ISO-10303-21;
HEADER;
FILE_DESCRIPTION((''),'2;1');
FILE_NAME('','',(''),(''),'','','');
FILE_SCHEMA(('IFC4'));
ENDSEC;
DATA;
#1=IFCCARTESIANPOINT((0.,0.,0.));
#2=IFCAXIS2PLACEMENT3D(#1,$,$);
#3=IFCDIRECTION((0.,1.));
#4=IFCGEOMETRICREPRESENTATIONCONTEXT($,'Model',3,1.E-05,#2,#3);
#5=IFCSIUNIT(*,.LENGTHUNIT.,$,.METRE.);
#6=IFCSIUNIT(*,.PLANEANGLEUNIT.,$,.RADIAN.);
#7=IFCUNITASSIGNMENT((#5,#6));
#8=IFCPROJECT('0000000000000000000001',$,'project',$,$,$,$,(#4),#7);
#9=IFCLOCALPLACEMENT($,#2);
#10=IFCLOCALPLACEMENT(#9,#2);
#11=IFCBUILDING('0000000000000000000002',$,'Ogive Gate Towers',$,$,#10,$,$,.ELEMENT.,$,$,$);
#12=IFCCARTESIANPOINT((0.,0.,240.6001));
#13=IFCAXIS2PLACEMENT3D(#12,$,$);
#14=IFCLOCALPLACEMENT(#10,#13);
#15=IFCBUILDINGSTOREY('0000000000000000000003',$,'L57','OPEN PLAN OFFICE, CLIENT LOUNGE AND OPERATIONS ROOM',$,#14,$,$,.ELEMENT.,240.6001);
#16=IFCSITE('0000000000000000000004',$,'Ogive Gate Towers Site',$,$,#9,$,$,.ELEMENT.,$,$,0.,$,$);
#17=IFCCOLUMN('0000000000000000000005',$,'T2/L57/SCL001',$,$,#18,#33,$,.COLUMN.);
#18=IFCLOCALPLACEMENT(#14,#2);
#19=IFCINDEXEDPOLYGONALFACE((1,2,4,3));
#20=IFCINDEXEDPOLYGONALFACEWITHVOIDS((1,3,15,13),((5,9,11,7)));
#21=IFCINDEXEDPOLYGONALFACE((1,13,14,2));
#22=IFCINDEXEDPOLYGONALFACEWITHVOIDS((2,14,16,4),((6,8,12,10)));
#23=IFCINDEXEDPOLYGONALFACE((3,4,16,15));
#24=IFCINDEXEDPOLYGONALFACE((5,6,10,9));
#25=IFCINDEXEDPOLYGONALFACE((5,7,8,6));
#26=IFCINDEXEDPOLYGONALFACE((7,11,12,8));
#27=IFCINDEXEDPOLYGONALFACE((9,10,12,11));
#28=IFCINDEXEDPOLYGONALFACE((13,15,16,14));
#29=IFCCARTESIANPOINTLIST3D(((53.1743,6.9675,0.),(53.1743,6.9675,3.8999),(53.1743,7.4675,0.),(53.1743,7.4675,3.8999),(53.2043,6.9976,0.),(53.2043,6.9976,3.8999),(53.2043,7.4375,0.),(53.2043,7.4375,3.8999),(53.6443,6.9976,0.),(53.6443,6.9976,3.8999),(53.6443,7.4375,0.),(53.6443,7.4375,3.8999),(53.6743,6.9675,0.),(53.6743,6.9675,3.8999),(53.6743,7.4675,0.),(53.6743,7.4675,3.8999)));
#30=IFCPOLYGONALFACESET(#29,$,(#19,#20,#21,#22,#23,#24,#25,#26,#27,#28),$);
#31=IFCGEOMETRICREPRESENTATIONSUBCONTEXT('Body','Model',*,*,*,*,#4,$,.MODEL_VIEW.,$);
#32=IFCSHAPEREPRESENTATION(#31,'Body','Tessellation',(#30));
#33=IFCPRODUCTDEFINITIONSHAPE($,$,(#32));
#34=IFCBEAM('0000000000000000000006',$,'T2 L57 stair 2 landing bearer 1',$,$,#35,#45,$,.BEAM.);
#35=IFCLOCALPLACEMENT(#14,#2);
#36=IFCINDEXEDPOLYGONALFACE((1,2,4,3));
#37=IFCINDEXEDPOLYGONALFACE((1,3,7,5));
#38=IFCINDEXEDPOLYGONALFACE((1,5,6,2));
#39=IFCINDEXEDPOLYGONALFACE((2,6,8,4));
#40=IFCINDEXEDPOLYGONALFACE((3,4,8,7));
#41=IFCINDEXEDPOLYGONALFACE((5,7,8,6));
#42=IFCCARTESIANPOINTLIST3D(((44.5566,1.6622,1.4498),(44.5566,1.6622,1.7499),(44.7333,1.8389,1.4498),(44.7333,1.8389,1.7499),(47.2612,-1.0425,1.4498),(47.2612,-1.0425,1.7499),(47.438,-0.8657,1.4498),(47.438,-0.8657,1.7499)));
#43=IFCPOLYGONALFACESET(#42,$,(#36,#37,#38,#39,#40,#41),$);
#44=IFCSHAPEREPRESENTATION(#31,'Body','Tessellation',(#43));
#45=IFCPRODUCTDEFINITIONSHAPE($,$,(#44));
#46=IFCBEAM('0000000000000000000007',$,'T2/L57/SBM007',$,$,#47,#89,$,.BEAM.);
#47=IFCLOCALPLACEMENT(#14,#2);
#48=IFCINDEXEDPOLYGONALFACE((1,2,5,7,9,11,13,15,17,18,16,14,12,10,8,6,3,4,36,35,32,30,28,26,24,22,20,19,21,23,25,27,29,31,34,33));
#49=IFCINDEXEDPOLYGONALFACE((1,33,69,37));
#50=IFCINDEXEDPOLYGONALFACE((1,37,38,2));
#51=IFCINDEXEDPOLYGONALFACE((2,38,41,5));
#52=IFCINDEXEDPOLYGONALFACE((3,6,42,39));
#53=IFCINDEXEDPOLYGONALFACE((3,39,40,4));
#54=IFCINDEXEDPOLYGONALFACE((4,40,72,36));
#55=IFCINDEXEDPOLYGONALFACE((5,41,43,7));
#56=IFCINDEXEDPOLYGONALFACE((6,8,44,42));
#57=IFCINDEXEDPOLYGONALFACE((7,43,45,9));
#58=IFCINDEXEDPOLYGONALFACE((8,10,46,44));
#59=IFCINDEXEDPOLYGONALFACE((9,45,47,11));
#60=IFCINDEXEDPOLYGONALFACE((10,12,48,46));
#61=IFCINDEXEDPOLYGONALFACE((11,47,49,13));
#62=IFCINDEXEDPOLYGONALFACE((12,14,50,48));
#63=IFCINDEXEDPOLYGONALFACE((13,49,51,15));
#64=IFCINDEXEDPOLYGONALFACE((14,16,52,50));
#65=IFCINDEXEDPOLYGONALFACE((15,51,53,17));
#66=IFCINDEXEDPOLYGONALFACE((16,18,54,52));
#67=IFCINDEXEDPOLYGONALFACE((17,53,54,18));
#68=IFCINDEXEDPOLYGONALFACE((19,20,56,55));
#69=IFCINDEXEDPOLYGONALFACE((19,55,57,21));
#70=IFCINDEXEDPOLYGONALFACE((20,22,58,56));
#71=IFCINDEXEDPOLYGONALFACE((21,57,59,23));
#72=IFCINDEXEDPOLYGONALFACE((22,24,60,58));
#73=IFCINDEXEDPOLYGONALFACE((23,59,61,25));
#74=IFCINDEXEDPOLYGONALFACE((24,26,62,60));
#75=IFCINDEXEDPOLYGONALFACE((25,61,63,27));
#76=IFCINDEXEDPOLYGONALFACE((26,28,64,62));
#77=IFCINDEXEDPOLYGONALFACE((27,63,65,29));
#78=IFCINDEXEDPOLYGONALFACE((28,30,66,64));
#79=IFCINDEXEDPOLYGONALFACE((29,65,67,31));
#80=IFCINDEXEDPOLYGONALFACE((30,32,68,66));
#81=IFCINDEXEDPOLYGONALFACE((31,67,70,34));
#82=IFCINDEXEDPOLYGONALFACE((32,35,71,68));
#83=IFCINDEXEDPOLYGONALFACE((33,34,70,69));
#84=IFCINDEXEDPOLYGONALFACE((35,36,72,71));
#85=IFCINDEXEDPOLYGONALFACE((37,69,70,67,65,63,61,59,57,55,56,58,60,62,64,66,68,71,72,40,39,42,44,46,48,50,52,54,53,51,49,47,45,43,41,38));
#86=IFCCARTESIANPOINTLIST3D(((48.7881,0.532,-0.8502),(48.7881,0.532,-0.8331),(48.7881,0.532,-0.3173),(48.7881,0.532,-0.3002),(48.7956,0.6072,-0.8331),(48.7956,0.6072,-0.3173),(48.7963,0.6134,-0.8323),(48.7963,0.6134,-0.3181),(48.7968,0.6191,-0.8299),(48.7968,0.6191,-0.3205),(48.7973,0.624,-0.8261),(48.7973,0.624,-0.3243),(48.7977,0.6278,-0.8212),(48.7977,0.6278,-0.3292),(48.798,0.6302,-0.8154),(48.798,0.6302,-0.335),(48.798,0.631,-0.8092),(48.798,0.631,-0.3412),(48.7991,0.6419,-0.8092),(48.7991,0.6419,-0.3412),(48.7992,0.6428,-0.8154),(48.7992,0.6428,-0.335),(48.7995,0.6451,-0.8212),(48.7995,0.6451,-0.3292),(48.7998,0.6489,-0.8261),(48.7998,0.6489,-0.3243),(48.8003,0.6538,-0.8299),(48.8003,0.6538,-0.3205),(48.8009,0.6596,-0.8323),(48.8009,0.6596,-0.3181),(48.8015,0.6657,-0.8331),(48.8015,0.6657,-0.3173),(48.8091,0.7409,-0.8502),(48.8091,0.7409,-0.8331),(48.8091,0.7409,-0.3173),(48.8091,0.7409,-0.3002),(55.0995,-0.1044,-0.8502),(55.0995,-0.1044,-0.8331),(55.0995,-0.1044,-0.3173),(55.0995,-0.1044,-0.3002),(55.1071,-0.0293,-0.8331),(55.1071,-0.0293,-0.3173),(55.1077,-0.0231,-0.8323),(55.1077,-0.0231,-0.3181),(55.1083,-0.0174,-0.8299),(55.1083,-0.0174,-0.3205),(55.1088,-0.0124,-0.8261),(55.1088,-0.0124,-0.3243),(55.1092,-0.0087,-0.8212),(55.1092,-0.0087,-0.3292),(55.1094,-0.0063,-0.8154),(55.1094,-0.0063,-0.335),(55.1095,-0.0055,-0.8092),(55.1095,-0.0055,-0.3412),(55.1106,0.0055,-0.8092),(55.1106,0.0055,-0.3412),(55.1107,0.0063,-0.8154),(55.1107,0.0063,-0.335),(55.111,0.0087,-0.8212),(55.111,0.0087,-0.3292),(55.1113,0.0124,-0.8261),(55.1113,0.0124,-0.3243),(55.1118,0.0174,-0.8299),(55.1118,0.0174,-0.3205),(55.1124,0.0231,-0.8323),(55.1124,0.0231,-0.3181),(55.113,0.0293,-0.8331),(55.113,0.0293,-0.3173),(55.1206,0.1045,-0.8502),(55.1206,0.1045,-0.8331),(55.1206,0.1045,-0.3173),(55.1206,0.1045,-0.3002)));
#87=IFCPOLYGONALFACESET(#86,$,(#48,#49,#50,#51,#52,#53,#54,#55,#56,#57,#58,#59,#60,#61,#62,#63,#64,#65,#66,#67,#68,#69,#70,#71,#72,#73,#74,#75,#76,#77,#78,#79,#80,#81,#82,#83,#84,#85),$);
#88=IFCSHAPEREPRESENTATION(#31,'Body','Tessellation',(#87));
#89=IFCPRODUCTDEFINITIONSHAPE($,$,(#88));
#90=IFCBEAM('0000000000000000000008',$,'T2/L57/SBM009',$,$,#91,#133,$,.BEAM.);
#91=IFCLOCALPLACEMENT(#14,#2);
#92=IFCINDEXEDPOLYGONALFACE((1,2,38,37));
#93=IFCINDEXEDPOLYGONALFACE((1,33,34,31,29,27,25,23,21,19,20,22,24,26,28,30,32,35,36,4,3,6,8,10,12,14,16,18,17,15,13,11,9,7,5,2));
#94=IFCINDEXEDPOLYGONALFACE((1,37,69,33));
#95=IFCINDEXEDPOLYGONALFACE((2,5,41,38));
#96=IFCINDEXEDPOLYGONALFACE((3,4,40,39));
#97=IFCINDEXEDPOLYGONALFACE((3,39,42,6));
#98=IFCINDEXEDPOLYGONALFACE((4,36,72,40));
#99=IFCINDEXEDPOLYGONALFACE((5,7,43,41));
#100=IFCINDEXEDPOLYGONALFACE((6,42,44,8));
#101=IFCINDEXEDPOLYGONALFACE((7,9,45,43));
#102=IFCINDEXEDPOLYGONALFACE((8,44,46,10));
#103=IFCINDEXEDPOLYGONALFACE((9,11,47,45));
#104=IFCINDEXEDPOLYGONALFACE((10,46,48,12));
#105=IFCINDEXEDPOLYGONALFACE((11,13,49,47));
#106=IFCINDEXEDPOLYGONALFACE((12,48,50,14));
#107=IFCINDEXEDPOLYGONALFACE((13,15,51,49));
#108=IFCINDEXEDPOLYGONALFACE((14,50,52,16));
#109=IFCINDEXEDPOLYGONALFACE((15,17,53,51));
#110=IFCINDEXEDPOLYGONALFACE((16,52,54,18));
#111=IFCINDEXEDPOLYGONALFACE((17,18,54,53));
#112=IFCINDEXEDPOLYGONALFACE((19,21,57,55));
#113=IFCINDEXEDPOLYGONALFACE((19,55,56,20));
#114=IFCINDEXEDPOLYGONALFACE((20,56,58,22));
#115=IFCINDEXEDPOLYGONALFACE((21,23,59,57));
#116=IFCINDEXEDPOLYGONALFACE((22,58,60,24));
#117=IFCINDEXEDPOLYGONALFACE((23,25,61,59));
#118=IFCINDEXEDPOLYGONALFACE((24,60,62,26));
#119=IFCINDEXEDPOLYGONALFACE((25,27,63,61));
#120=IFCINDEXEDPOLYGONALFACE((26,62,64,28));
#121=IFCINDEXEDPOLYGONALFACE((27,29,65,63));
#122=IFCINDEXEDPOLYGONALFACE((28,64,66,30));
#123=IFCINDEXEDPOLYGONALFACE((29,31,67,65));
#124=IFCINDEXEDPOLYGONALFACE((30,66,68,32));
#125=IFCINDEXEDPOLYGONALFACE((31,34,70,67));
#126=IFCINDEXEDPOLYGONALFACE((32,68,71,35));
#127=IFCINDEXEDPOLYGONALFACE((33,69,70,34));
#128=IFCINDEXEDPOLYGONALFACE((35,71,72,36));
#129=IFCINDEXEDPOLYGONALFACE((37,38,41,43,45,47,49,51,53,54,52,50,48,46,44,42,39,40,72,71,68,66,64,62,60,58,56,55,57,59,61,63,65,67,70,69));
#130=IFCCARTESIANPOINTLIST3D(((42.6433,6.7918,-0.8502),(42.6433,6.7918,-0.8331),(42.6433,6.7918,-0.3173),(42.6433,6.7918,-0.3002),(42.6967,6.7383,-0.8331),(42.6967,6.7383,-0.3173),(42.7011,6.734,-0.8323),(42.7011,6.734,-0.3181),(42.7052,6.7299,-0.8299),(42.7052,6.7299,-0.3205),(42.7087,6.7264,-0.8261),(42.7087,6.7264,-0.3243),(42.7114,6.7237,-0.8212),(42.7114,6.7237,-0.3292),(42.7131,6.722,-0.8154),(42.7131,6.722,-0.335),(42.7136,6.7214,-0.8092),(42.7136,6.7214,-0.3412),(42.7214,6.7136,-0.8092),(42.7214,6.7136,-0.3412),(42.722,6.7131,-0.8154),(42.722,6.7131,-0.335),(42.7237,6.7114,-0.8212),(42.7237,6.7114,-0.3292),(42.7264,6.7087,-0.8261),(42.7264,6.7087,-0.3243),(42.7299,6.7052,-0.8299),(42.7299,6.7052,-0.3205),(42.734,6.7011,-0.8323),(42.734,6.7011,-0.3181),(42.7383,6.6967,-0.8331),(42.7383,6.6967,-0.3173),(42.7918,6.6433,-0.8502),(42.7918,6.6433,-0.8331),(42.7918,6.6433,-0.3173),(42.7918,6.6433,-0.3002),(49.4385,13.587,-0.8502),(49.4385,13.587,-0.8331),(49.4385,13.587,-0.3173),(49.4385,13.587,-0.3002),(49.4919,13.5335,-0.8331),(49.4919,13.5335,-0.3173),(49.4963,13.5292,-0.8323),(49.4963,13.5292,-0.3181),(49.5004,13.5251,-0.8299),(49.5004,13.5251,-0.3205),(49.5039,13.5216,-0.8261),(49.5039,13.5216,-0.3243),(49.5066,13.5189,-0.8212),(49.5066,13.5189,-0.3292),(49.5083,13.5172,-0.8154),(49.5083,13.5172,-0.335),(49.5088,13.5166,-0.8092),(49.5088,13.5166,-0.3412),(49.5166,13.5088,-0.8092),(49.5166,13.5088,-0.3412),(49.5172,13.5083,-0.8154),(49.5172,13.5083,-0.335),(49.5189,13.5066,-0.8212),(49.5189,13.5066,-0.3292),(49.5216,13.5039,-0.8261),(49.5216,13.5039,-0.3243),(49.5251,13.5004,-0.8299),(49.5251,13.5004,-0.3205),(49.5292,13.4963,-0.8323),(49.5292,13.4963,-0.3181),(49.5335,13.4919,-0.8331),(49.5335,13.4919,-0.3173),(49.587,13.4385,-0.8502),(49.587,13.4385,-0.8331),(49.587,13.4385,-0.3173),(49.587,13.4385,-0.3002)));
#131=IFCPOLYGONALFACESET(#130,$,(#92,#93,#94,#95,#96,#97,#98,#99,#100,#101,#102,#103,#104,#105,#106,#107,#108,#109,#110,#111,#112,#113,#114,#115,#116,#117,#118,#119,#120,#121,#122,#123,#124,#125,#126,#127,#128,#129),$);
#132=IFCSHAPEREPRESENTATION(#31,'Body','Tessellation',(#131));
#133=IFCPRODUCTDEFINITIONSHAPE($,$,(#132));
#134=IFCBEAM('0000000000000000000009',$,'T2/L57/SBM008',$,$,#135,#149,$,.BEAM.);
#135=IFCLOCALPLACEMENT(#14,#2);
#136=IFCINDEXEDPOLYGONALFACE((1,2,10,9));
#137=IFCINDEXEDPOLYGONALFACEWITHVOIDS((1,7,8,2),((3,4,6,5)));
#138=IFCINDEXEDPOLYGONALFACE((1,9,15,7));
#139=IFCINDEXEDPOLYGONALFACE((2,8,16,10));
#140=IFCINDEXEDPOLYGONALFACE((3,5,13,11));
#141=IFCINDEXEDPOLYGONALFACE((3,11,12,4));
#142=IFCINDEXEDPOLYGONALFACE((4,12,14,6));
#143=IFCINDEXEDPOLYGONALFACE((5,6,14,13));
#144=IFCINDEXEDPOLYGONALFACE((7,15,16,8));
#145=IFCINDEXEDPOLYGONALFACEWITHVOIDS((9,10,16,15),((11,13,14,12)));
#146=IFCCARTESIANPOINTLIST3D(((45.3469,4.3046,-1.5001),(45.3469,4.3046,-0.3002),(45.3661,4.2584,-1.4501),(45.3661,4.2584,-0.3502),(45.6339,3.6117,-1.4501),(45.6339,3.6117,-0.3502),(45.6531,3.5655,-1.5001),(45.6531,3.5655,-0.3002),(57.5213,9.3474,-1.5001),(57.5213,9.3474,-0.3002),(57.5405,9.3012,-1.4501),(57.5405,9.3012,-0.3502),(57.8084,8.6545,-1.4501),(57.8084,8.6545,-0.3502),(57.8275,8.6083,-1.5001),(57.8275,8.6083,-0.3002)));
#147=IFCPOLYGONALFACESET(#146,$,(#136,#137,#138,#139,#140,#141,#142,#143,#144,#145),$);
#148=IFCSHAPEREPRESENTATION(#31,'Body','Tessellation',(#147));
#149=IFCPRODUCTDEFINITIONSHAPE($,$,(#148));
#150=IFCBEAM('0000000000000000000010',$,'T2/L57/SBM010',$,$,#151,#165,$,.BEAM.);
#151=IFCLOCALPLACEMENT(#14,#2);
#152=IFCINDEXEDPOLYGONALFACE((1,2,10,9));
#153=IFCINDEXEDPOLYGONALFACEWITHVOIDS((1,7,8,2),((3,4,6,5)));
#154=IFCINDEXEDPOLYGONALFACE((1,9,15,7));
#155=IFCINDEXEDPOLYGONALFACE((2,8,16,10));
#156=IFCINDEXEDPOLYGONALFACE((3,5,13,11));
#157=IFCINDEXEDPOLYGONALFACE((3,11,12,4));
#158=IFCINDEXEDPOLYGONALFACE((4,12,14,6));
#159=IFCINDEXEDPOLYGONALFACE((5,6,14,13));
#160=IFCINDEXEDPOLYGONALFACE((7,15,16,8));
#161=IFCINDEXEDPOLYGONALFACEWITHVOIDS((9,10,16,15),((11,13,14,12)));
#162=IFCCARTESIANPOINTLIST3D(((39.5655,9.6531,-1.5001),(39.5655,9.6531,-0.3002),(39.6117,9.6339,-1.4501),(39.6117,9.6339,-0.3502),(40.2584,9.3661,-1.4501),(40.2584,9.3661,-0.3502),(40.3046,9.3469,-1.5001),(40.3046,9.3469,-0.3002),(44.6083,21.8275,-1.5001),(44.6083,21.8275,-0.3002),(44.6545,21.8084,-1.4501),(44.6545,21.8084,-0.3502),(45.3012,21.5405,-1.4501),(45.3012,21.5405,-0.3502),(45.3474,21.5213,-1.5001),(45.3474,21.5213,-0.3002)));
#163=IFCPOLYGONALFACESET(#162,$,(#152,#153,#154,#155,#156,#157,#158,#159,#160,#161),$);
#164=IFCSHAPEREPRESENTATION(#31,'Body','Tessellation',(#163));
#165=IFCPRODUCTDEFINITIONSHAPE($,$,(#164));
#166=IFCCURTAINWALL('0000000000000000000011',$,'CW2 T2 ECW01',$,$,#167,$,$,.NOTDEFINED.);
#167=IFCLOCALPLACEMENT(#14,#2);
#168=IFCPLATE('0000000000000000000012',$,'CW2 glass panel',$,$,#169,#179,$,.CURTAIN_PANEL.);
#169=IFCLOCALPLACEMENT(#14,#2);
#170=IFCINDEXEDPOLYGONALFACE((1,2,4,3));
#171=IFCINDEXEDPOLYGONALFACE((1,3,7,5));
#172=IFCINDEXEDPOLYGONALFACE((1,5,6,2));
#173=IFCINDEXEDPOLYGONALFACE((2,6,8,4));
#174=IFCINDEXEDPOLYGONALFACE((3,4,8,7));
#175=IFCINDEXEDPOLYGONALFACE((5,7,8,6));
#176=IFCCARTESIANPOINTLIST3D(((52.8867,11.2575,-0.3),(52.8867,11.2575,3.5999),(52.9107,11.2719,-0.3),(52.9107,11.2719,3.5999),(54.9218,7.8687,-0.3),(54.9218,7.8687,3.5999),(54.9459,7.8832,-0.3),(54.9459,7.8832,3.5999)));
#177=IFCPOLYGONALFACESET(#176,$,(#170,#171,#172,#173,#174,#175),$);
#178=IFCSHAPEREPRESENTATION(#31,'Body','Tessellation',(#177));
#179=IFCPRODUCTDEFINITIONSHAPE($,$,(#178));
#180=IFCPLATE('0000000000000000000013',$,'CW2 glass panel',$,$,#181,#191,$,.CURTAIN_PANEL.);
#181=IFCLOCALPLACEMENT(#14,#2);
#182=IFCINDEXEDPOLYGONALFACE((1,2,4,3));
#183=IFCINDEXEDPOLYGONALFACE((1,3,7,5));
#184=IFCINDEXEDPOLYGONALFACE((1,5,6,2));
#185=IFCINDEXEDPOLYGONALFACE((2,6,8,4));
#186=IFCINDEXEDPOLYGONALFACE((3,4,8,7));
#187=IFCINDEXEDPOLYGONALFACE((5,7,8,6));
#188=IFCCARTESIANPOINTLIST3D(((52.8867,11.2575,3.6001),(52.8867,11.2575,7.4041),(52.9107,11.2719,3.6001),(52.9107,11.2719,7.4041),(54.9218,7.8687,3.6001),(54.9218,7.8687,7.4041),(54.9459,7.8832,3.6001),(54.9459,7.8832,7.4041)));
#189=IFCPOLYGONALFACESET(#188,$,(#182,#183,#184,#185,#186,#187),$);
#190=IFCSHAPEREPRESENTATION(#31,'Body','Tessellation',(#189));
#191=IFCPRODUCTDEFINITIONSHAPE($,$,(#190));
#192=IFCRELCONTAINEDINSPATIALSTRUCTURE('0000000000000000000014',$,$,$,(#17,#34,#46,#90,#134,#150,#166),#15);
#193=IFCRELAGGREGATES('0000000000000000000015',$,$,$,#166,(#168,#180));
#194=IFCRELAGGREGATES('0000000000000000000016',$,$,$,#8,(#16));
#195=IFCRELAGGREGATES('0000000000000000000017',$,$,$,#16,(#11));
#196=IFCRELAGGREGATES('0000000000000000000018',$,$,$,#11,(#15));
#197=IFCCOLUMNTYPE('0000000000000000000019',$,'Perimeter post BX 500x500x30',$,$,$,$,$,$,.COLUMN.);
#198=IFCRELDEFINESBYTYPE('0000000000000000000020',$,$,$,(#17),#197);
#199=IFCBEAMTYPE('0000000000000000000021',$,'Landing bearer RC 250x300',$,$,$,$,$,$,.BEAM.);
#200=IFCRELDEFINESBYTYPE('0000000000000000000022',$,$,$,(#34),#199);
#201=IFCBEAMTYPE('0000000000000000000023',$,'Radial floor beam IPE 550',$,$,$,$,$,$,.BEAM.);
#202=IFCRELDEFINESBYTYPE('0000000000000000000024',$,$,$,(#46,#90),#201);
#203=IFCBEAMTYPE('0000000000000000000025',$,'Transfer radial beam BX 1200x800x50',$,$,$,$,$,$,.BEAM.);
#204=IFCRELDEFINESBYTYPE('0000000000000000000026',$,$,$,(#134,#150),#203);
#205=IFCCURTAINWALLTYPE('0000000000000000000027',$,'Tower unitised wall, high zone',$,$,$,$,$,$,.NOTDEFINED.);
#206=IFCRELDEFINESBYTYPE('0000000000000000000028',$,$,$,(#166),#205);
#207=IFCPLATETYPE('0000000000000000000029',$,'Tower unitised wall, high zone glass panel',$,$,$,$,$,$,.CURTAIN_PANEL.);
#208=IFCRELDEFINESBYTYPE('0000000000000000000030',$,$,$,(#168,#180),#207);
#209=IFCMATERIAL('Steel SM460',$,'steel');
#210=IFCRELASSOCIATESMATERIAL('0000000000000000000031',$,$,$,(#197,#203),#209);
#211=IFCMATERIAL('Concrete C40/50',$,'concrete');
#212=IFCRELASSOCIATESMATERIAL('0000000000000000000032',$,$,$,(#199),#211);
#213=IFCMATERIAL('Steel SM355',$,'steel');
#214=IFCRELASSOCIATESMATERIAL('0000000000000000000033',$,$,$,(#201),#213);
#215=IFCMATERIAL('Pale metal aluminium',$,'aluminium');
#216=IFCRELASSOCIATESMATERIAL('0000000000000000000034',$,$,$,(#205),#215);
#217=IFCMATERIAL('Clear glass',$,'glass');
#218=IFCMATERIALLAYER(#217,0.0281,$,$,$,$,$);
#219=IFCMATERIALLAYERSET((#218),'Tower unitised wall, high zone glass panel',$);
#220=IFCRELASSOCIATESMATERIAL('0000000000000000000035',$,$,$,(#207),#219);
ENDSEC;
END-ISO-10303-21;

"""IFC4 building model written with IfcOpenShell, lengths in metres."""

from ifc_helpers import new_model, si_unit, direction, frame, origin, origin_2d, place, context, subcontext, project, spatial, rectangle, hollow_rectangle, i_section, extrude, material, layer, layer_set, material_profile, profile_set, type_object, element, aggregate, save


model = new_model("IFC4")

# Units and contexts
model_context = context("Model", 3, precision=1e-05, world=origin(), true_north=direction((0.0, 1.0)))
body_context = subcontext(model_context, "Body", "Model", "MODEL_VIEW")
ifc_project = project(units=[si_unit("LENGTHUNIT", "METRE"), si_unit("PLANEANGLEUNIT", "RADIAN")], contexts=[model_context])

# Site, building, storey
site_placement = place(None, origin())
site = spatial("IfcSite", under=ifc_project, at=site_placement, Name="Ogive Gate Towers Site", CompositionType="ELEMENT", RefElevation=0.0)
building_placement = place(site_placement, origin())
building = spatial("IfcBuilding", under=site, at=building_placement, Name="Ogive Gate Towers", CompositionType="ELEMENT")
storey_placement = place(building_placement, frame((0.0, 0.0, 240.6001)))
storey = spatial("IfcBuildingStorey", under=building, at=storey_placement, Name="L57", Description="OPEN PLAN OFFICE, CLIENT LOUNGE AND OPERATIONS ROOM", CompositionType="ELEMENT", Elevation=240.6001)

# Column
ifc_material_1 = material(Name="Steel SM460", Category="steel")
ifc_material_profile_1 = material_profile(ifc_material_1, hollow_rectangle(XDim=0.5, YDim=0.5, WallThickness=0.03, at=origin_2d()), Name="BX 500x500x30")
ifc_profile_set_1 = profile_set([ifc_material_profile_1], Name="Steel SM460")
column_type = type_object("IfcColumnType", Name="Perimeter post BX 500x500x30", PredefinedType="COLUMN", material=ifc_profile_set_1)
column_placement = place(storey_placement, frame((53.4243, 7.2175, 0.0), z_axis=(0.0, 0.0, 1.0), x_axis=(1.0, 0.0, 0.0)))
element("IfcColumn", 1, at=column_placement, inside=storey, type_object=column_type, Name="T2/L57/SCL001", PredefinedType="COLUMN", context=body_context, shape_type="SweptSolid", body=[
    extrude(hollow_rectangle(XDim=0.5, YDim=0.5, WallThickness=0.03, at=origin_2d()), origin(), (0.0, 0.0, 1.0), 3.8999),
])

# Beams
ifc_material_2 = material(Name="Concrete C40/50", Category="concrete")
ifc_material_profile_2 = material_profile(ifc_material_2, rectangle(XDim=0.25, YDim=0.3, at=origin_2d()), Name="RC 250x300")
ifc_profile_set_2 = profile_set([ifc_material_profile_2], Name="Concrete C40/50")
beam_type_1 = type_object("IfcBeamType", Name="Landing bearer RC 250x300", PredefinedType="BEAM", material=ifc_profile_set_2)
beam_1_placement = place(storey_placement, frame((47.3496, -0.9541, 1.5999), z_axis=(-0.707107, 0.707107, 0.0), x_axis=(-0.707107, -0.707107, 0.0)))
element("IfcBeam", 2, at=beam_1_placement, inside=storey, type_object=beam_type_1, Name="T2 L57 stair 2 landing bearer 1", PredefinedType="BEAM", context=body_context, shape_type="SweptSolid", body=[
    extrude(rectangle(XDim=0.25, YDim=0.3, at=origin_2d()), origin(), (0.0, 0.0, 1.0), 3.825),
])
ifc_material_3 = material(Name="Steel SM355", Category="steel")
ifc_material_profile_3 = material_profile(ifc_material_3, i_section(OverallWidth=0.21, OverallDepth=0.55, WebThickness=0.011, FlangeThickness=0.0171, FilletRadius=0.0239, at=origin_2d()), Name="IPE 550")
ifc_profile_set_3 = profile_set([ifc_material_profile_3], Name="Steel SM355")
beam_type_2 = type_object("IfcBeamType", Name="Radial floor beam IPE 550", PredefinedType="BEAM", material=ifc_profile_set_3)
beam_2_placement = place(storey_placement, frame((48.7986, 0.6365, -0.5752), z_axis=(0.994954, -0.100334, 0.0), x_axis=(0.100334, 0.994954, 0.0)))
element("IfcBeam", 3, at=beam_2_placement, inside=storey, type_object=beam_type_2, Name="T2/L57/SBM007", PredefinedType="BEAM", context=body_context, shape_type="SweptSolid", body=[
    extrude(i_section(OverallWidth=0.21, OverallDepth=0.55, WebThickness=0.011, FlangeThickness=0.0171, FilletRadius=0.0239, at=origin_2d()), origin(), (0.0, 0.0, 1.0), 6.3435),
])
beam_3_placement = place(storey_placement, frame((42.7175, 6.7175, -0.5752), z_axis=(0.707107, 0.707107, 0.0), x_axis=(-0.707107, 0.707107, 0.0)))
element("IfcBeam", 4, at=beam_3_placement, inside=storey, type_object=beam_type_2, Name="T2/L57/SBM009", PredefinedType="BEAM", context=body_context, shape_type="SweptSolid", body=[
    extrude(i_section(OverallWidth=0.21, OverallDepth=0.55, WebThickness=0.011, FlangeThickness=0.0171, FilletRadius=0.0239, at=origin_2d()), origin(), (0.0, 0.0, 1.0), 9.6099),
])
ifc_material_profile_4 = material_profile(ifc_material_1, hollow_rectangle(XDim=0.8, YDim=1.2, WallThickness=0.05, at=origin_2d()), Name="BX 1200x800x50")
ifc_profile_set_4 = profile_set([ifc_material_profile_4], Name="Steel SM460")
beam_type_3 = type_object("IfcBeamType", Name="Transfer radial beam BX 1200x800x50", PredefinedType="BEAM", material=ifc_profile_set_4)
for number, where, z_axis, x_axis, name in (
    (5, (45.5, 3.9351, -0.9001), (0.923881, 0.382681, 0.0), (-0.382681, 0.923881, 0.0), "T2/L57/SBM008"),
    (6, (39.9351, 9.5, -0.9001), (0.382681, 0.923881, 0.0), (-0.923881, 0.382681, 0.0), "T2/L57/SBM010"),
):
    element("IfcBeam", number, at=place(storey_placement, frame(where, z_axis=z_axis, x_axis=x_axis)), inside=storey, type_object=beam_type_3, Name=name, PredefinedType="BEAM", context=body_context, shape_type="SweptSolid", body=[
        extrude(hollow_rectangle(XDim=0.8, YDim=1.2, WallThickness=0.05, at=origin_2d()), origin(), (0.0, 0.0, 1.0), 13.1775),
    ])

# Curtain wall, plates
ifc_material_4 = material(Name="Pale metal aluminium", Category="aluminium")
curtain_wall_type = type_object("IfcCurtainWallType", Name="Tower unitised wall, high zone", PredefinedType="NOTDEFINED", material=ifc_material_4)
curtain_wall_placement = place(storey_placement, origin())
curtain_wall = element("IfcCurtainWall", 7, at=curtain_wall_placement, inside=storey, type_object=curtain_wall_type, Name="CW2 T2 ECW01", PredefinedType="NOTDEFINED")
ifc_material_5 = material(Name="Clear glass", Category="glass")
ifc_layer_1 = layer(ifc_material_5, 0.0281)
ifc_layer_set_1 = layer_set([ifc_layer_1], Name="Tower unitised wall, high zone glass panel")
plate_type = type_object("IfcPlateType", Name="Tower unitised wall, high zone glass panel", PredefinedType="CURTAIN_PANEL", material=ifc_layer_set_1)
plate_1_placement = place(storey_placement, frame((53.9163, 9.5703, -0.3), z_axis=(0.0, 0.0, 1.0), x_axis=(-0.514844, 0.857284, 0.0)))
plate_1 = element("IfcPlate", 8, at=plate_1_placement, type_object=plate_type, Name="CW2 glass panel", PredefinedType="CURTAIN_PANEL", context=body_context, shape_type="SweptSolid", body=[
    extrude(rectangle(XDim=3.9529, YDim=0.0281, at=origin_2d()), origin(), (0.0, 0.0, 1.0), 3.8999),
])
plate_2_placement = place(storey_placement, frame((53.9163, 9.5703, 3.6001), z_axis=(0.0, 0.0, 1.0), x_axis=(-0.514844, 0.857284, 0.0)))
plate_2 = element("IfcPlate", 9, at=plate_2_placement, type_object=plate_type, Name="CW2 glass panel", PredefinedType="CURTAIN_PANEL", context=body_context, shape_type="SweptSolid", body=[
    extrude(rectangle(XDim=3.9529, YDim=0.0281, at=origin_2d()), origin(), (0.0, 0.0, 1.0), 3.804),
])
aggregate(curtain_wall, [plate_1, plate_2])

save(model, "model.ifc")
